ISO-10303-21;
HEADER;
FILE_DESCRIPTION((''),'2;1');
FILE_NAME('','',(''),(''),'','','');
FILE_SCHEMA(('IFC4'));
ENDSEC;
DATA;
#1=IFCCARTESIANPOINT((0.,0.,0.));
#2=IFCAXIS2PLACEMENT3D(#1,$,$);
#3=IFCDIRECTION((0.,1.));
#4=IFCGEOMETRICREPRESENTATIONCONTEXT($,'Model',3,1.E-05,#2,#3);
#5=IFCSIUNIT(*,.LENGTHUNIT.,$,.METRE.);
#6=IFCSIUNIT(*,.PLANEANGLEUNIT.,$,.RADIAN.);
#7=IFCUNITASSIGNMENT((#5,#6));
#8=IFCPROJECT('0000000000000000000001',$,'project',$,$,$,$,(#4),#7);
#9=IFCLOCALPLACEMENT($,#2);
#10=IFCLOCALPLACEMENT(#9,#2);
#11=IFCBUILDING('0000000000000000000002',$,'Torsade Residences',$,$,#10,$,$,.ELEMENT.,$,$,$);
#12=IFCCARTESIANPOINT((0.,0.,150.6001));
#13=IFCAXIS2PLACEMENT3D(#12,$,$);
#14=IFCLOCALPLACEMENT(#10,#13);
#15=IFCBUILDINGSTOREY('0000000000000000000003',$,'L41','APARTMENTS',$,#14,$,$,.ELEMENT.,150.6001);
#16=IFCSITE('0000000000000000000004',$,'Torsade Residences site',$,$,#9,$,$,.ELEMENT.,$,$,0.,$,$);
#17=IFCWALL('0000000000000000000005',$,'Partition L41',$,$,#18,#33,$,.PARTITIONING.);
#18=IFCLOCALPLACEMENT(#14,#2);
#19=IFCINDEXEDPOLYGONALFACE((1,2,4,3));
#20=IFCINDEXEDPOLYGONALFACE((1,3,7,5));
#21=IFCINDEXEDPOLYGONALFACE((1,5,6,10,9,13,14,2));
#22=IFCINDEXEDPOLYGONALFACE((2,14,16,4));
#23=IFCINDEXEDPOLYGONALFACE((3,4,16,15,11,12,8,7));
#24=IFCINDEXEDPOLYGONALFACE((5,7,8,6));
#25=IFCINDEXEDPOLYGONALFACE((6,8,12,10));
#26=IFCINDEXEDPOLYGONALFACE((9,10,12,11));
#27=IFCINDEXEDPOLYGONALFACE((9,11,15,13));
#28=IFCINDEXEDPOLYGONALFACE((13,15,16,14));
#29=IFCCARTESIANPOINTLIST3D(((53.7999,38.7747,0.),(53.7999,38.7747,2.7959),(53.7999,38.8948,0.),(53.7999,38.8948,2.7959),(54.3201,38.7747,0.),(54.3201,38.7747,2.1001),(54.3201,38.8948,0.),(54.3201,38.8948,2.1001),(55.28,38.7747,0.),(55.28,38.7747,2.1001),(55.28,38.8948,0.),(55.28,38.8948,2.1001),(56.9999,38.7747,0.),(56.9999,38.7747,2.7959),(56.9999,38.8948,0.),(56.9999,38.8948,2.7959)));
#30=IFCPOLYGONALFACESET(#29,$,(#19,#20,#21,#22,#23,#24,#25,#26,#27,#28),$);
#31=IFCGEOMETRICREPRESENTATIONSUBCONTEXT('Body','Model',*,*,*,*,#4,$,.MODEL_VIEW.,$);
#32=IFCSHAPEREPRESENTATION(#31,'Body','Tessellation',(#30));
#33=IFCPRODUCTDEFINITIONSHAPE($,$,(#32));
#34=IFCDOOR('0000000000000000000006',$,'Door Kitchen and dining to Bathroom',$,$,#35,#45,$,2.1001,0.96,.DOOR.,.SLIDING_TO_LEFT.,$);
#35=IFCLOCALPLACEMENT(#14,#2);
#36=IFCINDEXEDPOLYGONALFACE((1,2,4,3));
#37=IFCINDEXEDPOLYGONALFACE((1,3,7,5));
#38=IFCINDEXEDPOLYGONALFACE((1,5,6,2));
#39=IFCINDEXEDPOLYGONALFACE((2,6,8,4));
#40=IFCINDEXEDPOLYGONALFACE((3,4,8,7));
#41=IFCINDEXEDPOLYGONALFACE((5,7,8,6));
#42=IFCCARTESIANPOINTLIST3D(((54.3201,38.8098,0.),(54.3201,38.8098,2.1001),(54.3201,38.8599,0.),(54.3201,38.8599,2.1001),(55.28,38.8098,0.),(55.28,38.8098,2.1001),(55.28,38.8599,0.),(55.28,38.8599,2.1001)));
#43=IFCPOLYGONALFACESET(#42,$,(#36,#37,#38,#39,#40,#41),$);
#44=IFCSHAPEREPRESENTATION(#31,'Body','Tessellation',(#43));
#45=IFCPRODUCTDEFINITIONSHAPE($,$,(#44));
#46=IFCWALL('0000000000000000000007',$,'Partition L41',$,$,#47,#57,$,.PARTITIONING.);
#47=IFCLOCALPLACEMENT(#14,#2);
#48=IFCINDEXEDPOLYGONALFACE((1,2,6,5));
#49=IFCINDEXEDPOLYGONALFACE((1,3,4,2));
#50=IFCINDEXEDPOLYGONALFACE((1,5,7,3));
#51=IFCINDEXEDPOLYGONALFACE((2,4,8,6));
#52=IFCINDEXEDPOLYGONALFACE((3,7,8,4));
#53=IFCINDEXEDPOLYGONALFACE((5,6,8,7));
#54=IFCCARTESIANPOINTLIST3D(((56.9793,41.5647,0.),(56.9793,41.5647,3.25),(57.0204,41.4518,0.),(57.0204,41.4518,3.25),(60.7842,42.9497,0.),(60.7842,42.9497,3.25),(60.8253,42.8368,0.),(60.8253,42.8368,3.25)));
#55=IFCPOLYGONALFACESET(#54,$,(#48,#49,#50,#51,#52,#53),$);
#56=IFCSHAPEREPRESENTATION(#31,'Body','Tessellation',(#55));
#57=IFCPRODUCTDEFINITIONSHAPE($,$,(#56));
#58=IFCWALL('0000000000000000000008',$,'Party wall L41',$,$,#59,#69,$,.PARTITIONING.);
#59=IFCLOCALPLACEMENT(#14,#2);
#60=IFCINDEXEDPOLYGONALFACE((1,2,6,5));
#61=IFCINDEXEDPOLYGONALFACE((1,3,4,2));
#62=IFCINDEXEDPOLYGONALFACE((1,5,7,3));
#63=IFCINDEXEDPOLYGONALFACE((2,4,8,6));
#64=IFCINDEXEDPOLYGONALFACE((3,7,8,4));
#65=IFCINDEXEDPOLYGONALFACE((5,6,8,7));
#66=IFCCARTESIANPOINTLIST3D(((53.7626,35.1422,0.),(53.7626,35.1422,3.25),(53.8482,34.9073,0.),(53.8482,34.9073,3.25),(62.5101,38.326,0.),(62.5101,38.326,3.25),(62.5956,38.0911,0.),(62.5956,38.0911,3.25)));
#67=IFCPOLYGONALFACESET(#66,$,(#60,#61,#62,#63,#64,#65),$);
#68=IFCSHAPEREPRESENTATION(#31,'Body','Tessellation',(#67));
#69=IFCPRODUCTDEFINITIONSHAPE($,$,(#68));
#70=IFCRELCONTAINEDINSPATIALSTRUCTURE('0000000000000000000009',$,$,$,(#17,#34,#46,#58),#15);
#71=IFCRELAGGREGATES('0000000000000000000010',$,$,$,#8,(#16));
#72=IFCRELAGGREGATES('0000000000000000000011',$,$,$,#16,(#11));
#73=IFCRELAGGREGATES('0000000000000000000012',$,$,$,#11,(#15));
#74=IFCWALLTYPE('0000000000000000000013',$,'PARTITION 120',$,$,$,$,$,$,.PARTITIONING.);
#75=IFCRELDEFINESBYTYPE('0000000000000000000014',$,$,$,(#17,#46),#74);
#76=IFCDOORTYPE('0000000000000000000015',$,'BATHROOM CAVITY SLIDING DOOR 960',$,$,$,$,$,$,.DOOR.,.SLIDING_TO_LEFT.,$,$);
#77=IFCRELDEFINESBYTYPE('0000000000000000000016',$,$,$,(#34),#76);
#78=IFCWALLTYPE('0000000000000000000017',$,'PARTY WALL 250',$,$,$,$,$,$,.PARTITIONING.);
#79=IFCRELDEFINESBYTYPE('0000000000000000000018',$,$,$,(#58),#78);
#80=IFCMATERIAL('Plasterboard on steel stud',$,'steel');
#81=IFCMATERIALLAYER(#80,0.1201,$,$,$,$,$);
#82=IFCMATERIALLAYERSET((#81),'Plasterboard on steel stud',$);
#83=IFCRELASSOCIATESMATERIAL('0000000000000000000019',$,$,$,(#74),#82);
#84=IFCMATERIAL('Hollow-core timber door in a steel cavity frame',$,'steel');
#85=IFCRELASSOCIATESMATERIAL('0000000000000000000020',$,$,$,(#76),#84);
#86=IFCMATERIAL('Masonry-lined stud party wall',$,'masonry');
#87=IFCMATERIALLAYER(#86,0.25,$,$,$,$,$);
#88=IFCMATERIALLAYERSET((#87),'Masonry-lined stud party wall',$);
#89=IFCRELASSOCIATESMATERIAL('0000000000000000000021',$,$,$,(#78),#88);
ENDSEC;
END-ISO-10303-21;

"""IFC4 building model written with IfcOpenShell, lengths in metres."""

from ifc_helpers import new_model, si_unit, direction, frame, frame_2d, origin, place, context, subcontext, project, spatial, rectangle, extrude, material, layer, layer_set, type_object, element, fill, save


model = new_model("IFC4")

# Units and contexts
model_context = context("Model", 3, precision=1e-05, world=origin(), true_north=direction((0.0, 1.0)))
body_context = subcontext(model_context, "Body", "Model", "MODEL_VIEW")
ifc_project = project(units=[si_unit("LENGTHUNIT", "METRE"), si_unit("PLANEANGLEUNIT", "RADIAN")], contexts=[model_context])

# Site, building, storey
site_placement = place(None, origin())
site = spatial("IfcSite", under=ifc_project, at=site_placement, Name="Torsade Residences site", CompositionType="ELEMENT", RefElevation=0.0)
building_placement = place(site_placement, origin())
building = spatial("IfcBuilding", under=site, at=building_placement, Name="Torsade Residences", CompositionType="ELEMENT")
storey_placement = place(building_placement, frame((0.0, 0.0, 150.6001)))
storey = spatial("IfcBuildingStorey", under=building, at=storey_placement, Name="L41", Description="APARTMENTS", CompositionType="ELEMENT", Elevation=150.6001)

# Wall, opening, door
ifc_material_1 = material(Name="Plasterboard on steel stud", Category="steel")
ifc_layer_1 = layer(ifc_material_1, 0.1201)
ifc_layer_set_1 = layer_set([ifc_layer_1], Name="Plasterboard on steel stud")
wall_type_1 = type_object("IfcWallType", Name="PARTITION 120", PredefinedType="PARTITIONING", material=ifc_layer_set_1)
wall_1_placement = place(storey_placement, frame((57.0, 38.8347, 0.0), z_axis=(0.0, 0.0, 1.0), x_axis=(-1.0, 0.0, 0.0)))
wall_1 = element("IfcWall", 1, at=wall_1_placement, inside=storey, type_object=wall_type_1, Name="Partition L41", PredefinedType="PARTITIONING", context=body_context, shape_type="SweptSolid", body=[
    extrude(rectangle(XDim=3.2, YDim=0.1201, at=frame_2d((1.6001, 0.0))), origin(), (0.0, 0.0, 1.0), 2.7959),
])
opening_1_placement = place(wall_1_placement, frame((1.72, 0.0, 0.0)))
opening_1 = element("IfcOpeningElement", 2, at=opening_1_placement, cuts=wall_1, PredefinedType="OPENING", context=body_context, shape_type="SweptSolid", body=[
    extrude(rectangle(XDim=0.96, YDim=2.1001, at=frame_2d((0.48, 1.05))), frame((0.0, 0.0701, 0.0), z_axis=(0.0, -1.0, 0.0), x_axis=(1.0, 0.0, 0.0)), (0.0, 0.0, 1.0), 0.1401),
])
ifc_material_2 = material(Name="Hollow-core timber door in a steel cavity frame", Category="steel")
door_type_1 = type_object("IfcDoorType", Name="BATHROOM CAVITY SLIDING DOOR 960", OperationType="SLIDING_TO_LEFT", PredefinedType="DOOR", material=ifc_material_2)
door_1_placement = place(opening_1_placement, origin())
door_1 = element("IfcDoor", 3, at=door_1_placement, inside=storey, type_object=door_type_1, Name="Door Kitchen and dining to Bathroom", OperationType="SLIDING_TO_LEFT", OverallHeight=2.1001, OverallWidth=0.96, PredefinedType="DOOR", context=body_context, shape_type="SweptSolid", body=[
    extrude(rectangle(XDim=0.96, YDim=2.1001, at=frame_2d((0.48, 1.05))), frame((0.0, 0.0249, 0.0), z_axis=(0.0, -1.0, 0.0), x_axis=(1.0, 0.0, 0.0)), (0.0, 0.0, 1.0), 0.05),
])
fill(opening_1, door_1)

# Walls
wall_2_placement = place(storey_placement, frame((57.0, 41.5083, 0.0), z_axis=(0.0, 0.0, 1.0), x_axis=(0.939682, 0.342048, 0.0)))
element("IfcWall", 4, at=wall_2_placement, inside=storey, type_object=wall_type_1, Name="Partition L41", PredefinedType="PARTITIONING", context=body_context, shape_type="SweptSolid", body=[
    extrude(rectangle(XDim=4.0491, YDim=0.1201, at=frame_2d((2.0244, 0.0))), origin(), (0.0, 0.0, 1.0), 3.25),
])
ifc_material_3 = material(Name="Masonry-lined stud party wall", Category="masonry")
ifc_layer_2 = layer(ifc_material_3, 0.25)
ifc_layer_set_2 = layer_set([ifc_layer_2], Name="Masonry-lined stud party wall")
wall_type_2 = type_object("IfcWallType", Name="PARTY WALL 250", PredefinedType="PARTITIONING", material=ifc_layer_set_2)
wall_3_placement = place(storey_placement, frame((62.5527, 38.2085, 0.0), z_axis=(0.0, 0.0, 1.0), x_axis=(-0.939693, -0.342019, 0.0)))
element("IfcWall", 5, at=wall_3_placement, inside=storey, type_object=wall_type_2, Name="Party wall L41", PredefinedType="PARTITIONING", context=body_context, shape_type="SweptSolid", body=[
    extrude(rectangle(XDim=9.3088, YDim=0.25, at=frame_2d((4.6543, 0.0))), origin(), (0.0, 0.0, 1.0), 3.25),
])

save(model, "model.ifc")
